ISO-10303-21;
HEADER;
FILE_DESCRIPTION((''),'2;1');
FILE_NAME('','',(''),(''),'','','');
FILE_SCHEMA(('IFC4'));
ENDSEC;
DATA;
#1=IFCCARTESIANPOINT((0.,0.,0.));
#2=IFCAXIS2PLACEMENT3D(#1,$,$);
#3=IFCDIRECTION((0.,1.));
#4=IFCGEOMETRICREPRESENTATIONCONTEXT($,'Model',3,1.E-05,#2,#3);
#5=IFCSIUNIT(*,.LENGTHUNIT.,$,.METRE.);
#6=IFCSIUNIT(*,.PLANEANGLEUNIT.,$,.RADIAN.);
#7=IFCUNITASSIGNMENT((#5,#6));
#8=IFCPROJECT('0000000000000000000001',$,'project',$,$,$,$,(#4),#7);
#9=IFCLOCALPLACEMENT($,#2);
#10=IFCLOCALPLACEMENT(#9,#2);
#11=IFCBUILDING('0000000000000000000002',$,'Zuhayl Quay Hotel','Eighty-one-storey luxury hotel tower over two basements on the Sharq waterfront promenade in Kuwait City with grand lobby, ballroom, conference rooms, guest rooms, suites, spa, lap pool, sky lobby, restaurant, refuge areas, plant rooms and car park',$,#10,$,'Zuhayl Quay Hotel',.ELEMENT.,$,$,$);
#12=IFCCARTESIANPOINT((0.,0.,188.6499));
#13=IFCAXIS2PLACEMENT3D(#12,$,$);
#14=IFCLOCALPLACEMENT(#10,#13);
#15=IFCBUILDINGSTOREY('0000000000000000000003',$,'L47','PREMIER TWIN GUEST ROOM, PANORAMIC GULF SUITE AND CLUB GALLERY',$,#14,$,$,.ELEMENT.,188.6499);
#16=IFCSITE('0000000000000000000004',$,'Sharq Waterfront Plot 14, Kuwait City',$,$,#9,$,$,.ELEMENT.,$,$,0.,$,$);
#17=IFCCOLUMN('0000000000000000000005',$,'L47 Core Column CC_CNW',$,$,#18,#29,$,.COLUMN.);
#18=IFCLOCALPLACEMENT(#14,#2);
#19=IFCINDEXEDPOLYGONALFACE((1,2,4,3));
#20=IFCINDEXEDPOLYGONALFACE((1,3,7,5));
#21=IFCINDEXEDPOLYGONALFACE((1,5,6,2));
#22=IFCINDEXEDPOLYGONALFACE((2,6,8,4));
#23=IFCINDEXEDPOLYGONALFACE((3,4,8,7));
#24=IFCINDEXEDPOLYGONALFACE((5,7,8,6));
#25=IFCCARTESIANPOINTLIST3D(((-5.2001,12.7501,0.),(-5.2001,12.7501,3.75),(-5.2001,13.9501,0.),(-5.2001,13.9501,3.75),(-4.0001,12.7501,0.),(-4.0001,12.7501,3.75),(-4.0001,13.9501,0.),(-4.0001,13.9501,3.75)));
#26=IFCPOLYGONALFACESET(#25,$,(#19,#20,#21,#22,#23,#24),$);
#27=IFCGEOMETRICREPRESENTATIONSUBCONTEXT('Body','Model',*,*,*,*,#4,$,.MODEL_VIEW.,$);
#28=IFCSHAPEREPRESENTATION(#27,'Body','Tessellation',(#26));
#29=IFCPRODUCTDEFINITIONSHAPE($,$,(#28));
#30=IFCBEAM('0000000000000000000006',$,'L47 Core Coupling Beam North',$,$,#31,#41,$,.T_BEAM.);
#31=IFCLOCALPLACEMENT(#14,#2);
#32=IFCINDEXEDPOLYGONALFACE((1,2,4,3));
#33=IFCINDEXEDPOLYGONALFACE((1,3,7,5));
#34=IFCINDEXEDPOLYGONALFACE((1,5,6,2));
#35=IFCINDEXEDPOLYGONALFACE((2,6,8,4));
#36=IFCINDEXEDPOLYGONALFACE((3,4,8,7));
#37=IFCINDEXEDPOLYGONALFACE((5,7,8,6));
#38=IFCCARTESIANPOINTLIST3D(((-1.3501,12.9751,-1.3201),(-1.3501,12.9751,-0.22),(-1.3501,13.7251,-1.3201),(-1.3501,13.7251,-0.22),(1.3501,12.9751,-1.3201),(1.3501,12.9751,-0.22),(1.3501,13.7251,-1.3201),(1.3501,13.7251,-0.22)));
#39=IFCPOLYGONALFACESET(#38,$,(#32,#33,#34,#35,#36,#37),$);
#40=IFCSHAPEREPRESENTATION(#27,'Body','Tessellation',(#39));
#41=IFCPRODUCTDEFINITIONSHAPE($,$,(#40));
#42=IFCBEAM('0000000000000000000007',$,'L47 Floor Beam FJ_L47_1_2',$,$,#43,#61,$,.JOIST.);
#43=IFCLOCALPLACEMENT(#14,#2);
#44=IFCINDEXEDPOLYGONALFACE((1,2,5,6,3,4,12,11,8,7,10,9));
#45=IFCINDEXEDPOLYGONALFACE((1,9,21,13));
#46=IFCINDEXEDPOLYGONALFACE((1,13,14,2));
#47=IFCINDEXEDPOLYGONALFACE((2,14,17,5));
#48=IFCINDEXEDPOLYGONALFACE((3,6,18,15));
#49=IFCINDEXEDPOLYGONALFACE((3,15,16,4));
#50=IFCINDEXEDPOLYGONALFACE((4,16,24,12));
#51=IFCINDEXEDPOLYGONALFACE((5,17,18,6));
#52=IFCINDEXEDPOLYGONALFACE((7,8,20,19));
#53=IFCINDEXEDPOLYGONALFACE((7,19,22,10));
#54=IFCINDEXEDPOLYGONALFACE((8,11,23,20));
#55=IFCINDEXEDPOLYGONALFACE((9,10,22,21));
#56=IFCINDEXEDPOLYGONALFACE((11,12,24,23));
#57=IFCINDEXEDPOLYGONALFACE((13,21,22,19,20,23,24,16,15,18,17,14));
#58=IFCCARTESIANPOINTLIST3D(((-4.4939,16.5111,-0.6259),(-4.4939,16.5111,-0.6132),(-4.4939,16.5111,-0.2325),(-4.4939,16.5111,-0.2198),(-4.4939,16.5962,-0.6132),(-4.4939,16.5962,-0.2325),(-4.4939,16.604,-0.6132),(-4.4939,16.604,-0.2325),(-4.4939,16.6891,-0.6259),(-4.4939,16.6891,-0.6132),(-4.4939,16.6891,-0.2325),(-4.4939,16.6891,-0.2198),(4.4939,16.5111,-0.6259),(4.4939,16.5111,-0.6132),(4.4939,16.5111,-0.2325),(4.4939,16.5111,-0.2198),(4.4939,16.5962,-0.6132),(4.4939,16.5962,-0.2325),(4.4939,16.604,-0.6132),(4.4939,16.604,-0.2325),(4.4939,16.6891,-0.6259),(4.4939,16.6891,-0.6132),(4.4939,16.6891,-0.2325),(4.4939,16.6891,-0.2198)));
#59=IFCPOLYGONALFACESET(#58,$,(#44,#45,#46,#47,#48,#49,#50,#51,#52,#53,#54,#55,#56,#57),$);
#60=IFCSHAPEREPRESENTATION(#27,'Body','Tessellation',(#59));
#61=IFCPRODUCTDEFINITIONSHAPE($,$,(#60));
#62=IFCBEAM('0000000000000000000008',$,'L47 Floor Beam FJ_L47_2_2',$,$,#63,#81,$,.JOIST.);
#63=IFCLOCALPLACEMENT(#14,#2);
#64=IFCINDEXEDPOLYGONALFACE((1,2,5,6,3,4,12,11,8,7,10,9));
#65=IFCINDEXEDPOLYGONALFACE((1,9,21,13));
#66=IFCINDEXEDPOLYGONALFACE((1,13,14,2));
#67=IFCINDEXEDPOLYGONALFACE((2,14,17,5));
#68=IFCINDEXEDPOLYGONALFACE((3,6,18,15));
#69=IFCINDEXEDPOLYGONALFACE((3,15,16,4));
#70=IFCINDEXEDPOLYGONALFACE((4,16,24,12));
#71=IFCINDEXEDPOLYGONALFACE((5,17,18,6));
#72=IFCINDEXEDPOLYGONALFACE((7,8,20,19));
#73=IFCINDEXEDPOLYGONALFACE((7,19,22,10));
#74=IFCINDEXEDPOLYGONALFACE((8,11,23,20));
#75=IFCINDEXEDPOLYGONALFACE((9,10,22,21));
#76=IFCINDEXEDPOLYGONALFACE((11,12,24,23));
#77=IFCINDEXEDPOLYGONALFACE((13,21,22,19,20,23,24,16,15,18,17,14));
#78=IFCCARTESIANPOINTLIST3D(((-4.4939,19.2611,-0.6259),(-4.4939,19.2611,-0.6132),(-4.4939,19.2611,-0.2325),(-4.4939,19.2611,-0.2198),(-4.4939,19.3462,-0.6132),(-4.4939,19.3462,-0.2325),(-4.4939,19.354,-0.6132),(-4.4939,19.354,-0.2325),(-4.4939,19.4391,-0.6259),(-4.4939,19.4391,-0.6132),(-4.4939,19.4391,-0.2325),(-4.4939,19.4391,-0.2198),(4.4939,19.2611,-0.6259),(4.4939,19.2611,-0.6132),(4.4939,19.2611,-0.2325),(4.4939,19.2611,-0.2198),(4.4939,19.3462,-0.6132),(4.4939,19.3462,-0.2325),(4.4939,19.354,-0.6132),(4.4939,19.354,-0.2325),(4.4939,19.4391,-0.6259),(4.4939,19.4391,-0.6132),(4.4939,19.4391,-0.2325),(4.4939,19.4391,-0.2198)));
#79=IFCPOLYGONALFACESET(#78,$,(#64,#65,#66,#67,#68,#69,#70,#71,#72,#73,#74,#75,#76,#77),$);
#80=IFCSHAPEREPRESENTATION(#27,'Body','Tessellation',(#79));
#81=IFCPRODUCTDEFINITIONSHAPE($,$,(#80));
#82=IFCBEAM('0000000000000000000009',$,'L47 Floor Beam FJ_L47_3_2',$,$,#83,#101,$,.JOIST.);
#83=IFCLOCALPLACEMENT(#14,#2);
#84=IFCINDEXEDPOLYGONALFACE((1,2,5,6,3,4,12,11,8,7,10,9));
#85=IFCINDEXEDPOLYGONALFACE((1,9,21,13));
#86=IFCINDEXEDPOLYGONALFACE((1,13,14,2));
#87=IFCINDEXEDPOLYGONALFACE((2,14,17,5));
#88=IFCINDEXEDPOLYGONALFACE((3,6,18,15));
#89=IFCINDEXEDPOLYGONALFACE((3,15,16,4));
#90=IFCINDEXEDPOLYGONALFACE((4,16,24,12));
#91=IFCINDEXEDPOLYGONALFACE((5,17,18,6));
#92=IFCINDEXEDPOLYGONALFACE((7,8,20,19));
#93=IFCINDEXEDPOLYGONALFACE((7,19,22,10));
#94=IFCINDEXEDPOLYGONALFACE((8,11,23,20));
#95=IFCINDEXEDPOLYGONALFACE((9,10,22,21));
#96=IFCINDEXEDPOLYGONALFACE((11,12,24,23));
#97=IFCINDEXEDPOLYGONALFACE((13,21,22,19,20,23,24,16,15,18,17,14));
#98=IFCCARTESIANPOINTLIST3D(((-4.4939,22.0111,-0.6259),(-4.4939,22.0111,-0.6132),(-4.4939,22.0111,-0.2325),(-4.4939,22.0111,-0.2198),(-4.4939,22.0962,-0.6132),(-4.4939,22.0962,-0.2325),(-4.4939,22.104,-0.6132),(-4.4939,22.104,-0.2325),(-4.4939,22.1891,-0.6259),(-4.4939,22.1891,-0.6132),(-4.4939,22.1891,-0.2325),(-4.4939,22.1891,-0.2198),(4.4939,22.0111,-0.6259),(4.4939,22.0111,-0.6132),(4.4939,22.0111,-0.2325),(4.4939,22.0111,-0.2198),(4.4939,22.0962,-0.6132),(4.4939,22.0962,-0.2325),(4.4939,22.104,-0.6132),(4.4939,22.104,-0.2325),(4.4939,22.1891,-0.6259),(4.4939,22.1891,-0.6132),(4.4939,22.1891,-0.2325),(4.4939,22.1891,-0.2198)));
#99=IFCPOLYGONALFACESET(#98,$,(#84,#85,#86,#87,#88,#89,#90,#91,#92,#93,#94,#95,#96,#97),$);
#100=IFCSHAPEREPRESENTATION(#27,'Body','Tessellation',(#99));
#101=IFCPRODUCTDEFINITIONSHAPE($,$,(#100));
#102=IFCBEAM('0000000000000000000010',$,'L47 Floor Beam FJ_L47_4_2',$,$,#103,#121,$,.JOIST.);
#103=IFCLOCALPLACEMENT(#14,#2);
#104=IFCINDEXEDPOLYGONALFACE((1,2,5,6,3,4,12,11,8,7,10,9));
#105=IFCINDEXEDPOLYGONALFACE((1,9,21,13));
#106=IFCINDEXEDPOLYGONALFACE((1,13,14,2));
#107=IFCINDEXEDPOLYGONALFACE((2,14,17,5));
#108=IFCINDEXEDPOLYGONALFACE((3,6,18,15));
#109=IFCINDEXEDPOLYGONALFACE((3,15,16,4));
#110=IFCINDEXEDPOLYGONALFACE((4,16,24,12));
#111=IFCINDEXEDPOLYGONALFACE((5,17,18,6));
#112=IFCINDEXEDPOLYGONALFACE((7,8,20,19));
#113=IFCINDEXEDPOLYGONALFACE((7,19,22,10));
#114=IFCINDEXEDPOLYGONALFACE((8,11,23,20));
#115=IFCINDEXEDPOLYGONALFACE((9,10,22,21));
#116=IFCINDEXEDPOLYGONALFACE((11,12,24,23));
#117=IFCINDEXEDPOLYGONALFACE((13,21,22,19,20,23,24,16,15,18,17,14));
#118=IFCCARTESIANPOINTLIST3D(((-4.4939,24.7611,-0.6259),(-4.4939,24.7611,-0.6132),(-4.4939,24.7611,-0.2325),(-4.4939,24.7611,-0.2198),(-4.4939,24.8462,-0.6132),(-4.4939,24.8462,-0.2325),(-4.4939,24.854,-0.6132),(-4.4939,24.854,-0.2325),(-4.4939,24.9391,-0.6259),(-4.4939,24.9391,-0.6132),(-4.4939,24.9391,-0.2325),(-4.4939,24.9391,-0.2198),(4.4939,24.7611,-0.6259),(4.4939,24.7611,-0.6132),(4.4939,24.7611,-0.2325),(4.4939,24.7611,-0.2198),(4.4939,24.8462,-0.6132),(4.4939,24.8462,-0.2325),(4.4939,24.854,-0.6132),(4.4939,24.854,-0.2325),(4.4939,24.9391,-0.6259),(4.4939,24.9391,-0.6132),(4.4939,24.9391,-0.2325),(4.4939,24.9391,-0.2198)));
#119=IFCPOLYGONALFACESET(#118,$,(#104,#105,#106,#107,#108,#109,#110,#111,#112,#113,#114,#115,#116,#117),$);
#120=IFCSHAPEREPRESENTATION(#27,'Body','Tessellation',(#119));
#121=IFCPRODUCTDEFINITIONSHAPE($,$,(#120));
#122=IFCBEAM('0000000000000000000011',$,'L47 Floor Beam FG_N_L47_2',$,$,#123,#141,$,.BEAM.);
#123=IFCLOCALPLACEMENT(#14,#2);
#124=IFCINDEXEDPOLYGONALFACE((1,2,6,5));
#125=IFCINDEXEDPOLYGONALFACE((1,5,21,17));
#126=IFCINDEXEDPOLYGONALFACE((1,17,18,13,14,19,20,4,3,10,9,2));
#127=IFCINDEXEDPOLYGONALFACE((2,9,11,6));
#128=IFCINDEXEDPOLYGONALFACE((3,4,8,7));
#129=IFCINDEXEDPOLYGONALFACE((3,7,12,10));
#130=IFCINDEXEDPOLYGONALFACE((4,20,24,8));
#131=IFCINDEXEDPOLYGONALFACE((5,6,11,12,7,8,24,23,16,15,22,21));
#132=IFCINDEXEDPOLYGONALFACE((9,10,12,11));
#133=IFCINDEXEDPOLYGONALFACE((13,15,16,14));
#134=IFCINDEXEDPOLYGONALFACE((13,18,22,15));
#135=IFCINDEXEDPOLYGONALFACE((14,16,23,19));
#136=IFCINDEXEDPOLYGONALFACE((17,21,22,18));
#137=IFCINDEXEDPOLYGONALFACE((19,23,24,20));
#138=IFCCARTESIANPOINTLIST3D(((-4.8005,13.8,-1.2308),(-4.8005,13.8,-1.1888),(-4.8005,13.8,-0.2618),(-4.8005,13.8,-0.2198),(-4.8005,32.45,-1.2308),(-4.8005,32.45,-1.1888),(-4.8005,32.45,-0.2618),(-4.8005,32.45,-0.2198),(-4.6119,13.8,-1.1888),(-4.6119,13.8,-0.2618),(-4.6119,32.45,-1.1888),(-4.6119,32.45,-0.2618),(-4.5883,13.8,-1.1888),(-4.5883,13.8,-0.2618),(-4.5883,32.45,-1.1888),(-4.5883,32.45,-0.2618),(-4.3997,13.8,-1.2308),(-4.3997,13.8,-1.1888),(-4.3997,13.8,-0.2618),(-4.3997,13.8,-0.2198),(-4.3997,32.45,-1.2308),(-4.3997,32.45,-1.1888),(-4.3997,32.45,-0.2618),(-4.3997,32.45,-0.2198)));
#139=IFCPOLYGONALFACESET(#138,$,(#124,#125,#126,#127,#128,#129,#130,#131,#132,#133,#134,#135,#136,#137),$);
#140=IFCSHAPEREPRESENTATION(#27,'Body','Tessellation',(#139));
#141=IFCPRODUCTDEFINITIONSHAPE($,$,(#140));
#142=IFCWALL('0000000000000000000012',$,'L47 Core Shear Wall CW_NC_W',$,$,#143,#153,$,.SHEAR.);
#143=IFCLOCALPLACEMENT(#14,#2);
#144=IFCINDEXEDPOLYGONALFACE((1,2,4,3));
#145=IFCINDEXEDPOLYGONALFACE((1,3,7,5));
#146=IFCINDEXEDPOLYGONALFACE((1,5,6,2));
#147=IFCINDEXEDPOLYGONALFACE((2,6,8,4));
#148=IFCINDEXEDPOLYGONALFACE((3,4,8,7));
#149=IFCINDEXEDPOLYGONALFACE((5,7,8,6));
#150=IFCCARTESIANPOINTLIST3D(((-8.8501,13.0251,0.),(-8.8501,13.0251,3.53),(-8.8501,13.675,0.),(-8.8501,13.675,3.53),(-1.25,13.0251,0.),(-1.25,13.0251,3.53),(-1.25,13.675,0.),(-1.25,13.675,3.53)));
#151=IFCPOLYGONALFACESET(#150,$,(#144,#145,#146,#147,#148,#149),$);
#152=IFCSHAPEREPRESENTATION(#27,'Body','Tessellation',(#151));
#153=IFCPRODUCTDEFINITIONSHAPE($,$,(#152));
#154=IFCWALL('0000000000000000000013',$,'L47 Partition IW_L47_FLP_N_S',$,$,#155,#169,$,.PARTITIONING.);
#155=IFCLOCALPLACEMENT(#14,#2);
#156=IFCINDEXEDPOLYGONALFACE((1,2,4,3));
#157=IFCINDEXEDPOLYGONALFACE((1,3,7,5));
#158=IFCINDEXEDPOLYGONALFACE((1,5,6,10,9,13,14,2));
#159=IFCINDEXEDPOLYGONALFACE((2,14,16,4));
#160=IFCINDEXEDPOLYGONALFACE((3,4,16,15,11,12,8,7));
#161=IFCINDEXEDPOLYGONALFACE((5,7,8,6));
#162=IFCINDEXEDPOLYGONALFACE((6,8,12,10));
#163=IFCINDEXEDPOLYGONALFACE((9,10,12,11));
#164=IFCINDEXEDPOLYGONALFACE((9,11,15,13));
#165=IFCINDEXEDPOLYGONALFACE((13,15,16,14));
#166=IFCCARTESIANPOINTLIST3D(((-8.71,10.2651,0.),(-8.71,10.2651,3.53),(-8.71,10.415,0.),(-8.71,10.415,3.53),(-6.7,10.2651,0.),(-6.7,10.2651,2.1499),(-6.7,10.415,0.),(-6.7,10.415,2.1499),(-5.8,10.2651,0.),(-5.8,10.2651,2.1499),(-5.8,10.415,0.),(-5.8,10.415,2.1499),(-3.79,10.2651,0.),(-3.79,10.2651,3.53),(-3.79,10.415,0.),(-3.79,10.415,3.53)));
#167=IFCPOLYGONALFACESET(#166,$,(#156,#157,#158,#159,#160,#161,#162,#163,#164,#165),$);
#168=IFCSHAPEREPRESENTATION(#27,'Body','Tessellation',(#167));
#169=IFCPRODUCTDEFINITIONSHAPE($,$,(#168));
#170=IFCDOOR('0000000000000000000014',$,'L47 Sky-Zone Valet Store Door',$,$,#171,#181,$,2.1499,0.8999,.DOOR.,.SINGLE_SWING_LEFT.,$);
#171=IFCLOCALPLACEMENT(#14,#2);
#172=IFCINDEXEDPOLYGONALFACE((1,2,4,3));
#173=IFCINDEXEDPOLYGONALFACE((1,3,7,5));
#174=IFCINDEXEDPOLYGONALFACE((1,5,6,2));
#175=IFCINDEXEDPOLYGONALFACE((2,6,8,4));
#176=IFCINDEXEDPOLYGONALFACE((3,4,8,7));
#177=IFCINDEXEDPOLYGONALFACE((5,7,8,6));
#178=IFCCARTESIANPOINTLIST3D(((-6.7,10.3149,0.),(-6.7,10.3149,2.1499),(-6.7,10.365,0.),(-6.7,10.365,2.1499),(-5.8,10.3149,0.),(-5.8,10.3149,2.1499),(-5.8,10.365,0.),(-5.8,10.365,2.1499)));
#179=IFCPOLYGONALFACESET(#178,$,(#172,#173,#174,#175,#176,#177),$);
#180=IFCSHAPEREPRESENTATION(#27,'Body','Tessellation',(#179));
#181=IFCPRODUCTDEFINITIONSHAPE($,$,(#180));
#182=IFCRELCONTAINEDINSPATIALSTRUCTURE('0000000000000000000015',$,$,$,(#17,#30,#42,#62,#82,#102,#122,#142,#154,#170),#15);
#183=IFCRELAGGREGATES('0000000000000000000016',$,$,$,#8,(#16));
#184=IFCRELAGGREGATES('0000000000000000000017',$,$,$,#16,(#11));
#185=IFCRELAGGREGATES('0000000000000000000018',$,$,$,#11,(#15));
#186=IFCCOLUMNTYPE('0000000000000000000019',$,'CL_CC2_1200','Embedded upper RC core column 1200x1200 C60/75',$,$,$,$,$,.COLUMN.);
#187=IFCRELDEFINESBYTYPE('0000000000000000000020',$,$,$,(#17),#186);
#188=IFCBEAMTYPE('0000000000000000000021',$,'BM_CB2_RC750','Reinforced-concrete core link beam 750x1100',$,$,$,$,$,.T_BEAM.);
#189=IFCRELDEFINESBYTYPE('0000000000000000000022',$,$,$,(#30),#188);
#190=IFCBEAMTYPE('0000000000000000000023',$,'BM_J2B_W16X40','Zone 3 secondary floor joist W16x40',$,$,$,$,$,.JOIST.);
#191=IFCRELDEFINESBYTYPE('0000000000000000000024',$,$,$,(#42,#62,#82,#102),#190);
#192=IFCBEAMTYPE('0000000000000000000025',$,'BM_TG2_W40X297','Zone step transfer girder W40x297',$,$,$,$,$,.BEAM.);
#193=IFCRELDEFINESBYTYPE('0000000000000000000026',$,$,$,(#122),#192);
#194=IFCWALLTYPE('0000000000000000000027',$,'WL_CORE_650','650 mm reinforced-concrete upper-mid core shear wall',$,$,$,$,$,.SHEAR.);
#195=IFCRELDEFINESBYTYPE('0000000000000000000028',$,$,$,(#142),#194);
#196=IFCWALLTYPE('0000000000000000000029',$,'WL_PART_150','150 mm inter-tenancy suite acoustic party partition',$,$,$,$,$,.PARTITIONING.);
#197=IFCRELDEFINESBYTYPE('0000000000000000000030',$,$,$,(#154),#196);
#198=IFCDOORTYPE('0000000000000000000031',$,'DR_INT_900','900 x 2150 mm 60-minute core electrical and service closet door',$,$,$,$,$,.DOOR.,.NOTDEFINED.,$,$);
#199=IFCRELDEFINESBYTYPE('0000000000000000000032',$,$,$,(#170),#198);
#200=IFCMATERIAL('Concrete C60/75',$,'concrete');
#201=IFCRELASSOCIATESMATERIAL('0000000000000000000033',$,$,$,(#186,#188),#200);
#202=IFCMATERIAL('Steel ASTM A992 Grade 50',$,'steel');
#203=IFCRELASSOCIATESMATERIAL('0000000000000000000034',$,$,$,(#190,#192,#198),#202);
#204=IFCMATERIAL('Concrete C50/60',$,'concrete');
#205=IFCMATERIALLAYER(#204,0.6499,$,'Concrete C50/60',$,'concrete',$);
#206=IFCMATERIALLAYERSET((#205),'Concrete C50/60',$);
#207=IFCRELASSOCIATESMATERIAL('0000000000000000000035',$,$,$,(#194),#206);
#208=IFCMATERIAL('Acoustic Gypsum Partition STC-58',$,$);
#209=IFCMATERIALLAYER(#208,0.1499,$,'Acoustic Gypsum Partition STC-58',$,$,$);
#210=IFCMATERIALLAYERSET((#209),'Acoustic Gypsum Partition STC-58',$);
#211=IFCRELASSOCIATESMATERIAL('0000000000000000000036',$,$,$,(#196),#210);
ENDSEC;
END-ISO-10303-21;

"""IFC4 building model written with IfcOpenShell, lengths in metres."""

from ifc_helpers import new_model, si_unit, direction, frame, frame_2d, origin, origin_2d, place, context, subcontext, project, spatial, rectangle, i_section, extrude, material, layer, layer_set, material_profile, profile_set, type_object, element, fill, save


model = new_model("IFC4")

# Units and contexts
model_context = context("Model", 3, precision=1e-05, world=origin(), true_north=direction((0.0, 1.0)))
body_context = subcontext(model_context, "Body", "Model", "MODEL_VIEW")
ifc_project = project(units=[si_unit("LENGTHUNIT", "METRE"), si_unit("PLANEANGLEUNIT", "RADIAN")], contexts=[model_context])

# Site, building, storey
site_placement = place(None, origin())
site = spatial("IfcSite", under=ifc_project, at=site_placement, Name="Sharq Waterfront Plot 14, Kuwait City", CompositionType="ELEMENT", RefElevation=0.0)
building_placement = place(site_placement, origin())
building = spatial("IfcBuilding", under=site, at=building_placement, Name="Zuhayl Quay Hotel", Description="Eighty-one-storey luxury hotel tower over two basements on the Sharq waterfront promenade in Kuwait City with grand lobby, ballroom, conference rooms, guest rooms, suites, spa, lap pool, sky lobby, restaurant, refuge areas, plant rooms and car park", LongName="Zuhayl Quay Hotel", CompositionType="ELEMENT")
storey_placement = place(building_placement, frame((0.0, 0.0, 188.6499)))
storey = spatial("IfcBuildingStorey", under=building, at=storey_placement, Name="L47", Description="PREMIER TWIN GUEST ROOM, PANORAMIC GULF SUITE AND CLUB GALLERY", CompositionType="ELEMENT", Elevation=188.6499)

# Column
ifc_material_1 = material(Name="Concrete C60/75", Category="concrete")
ifc_material_profile_1 = material_profile(ifc_material_1, rectangle(XDim=1.2, YDim=1.2, at=origin_2d()), Name="RC1200X1200")
ifc_profile_set_1 = profile_set([ifc_material_profile_1], Name="Concrete C60/75")
column_type = type_object("IfcColumnType", Name="CL_CC2_1200", Description="Embedded upper RC core column 1200x1200 C60/75", PredefinedType="COLUMN", material=ifc_profile_set_1)
column_placement = place(storey_placement, frame((-4.6001, 13.3501, 0.0), z_axis=(0.0, 0.0, 1.0), x_axis=(1.0, 0.0, 0.0)))
element("IfcColumn", 1, at=column_placement, inside=storey, type_object=column_type, Name="L47 Core Column CC_CNW", PredefinedType="COLUMN", context=body_context, shape_type="SweptSolid", body=[
    extrude(rectangle(XDim=1.2, YDim=1.2, at=origin_2d()), origin(), (0.0, 0.0, 1.0), 3.75),
])

# Beams
ifc_material_profile_2 = material_profile(ifc_material_1, rectangle(XDim=0.75, YDim=1.1001, at=origin_2d()), Name="RC750X1100")
ifc_profile_set_2 = profile_set([ifc_material_profile_2], Name="Concrete C60/75")
beam_type_1 = type_object("IfcBeamType", Name="BM_CB2_RC750", Description="Reinforced-concrete core link beam 750x1100", PredefinedType="T_BEAM", material=ifc_profile_set_2)
beam_1_placement = place(storey_placement, frame((-1.3501, 13.3501, -0.77), z_axis=(1.0, 0.0, 0.0), x_axis=(0.0, 1.0, 0.0)))
element("IfcBeam", 2, at=beam_1_placement, inside=storey, type_object=beam_type_1, Name="L47 Core Coupling Beam North", PredefinedType="T_BEAM", context=body_context, shape_type="SweptSolid", body=[
    extrude(rectangle(XDim=0.75, YDim=1.1001, at=origin_2d()), origin(), (0.0, 0.0, 1.0), 2.7002),
])
ifc_material_2 = material(Name="Steel ASTM A992 Grade 50", Category="steel")
ifc_material_profile_3 = material_profile(ifc_material_2, i_section(OverallWidth=0.178, OverallDepth=0.406, WebThickness=0.0078, FlangeThickness=0.0127, at=origin_2d()), Name="W16X40")
ifc_profile_set_3 = profile_set([ifc_material_profile_3], Name="Steel ASTM A992 Grade 50")
beam_type_2 = type_object("IfcBeamType", Name="BM_J2B_W16X40", Description="Zone 3 secondary floor joist W16x40", PredefinedType="JOIST", material=ifc_profile_set_3)
for number, where, z_axis, x_axis, name in (
    (3, (-4.4939, 16.6001, -0.4229), (1.0, 0.0, 0.0), (0.0, 1.0, 0.0), "L47 Floor Beam FJ_L47_1_2"),
    (4, (-4.4939, 19.3501, -0.4229), (1.0, 0.0, 0.0), (0.0, 1.0, 0.0), "L47 Floor Beam FJ_L47_2_2"),
    (5, (-4.4939, 22.1001, -0.4229), (1.0, 0.0, 0.0), (0.0, 1.0, 0.0), "L47 Floor Beam FJ_L47_3_2"),
    (6, (-4.4939, 24.8501, -0.4229), (1.0, 0.0, 0.0), (0.0, 1.0, 0.0), "L47 Floor Beam FJ_L47_4_2"),
):
    element("IfcBeam", number, at=place(storey_placement, frame(where, z_axis=z_axis, x_axis=x_axis)), inside=storey, type_object=beam_type_2, Name=name, PredefinedType="JOIST", context=body_context, shape_type="SweptSolid", body=[
        extrude(i_section(OverallWidth=0.178, OverallDepth=0.406, WebThickness=0.0078, FlangeThickness=0.0127, at=origin_2d()), origin(), (0.0, 0.0, 1.0), 8.9878),
    ])
ifc_material_profile_4 = material_profile(ifc_material_2, i_section(OverallWidth=0.4009, OverallDepth=1.011, WebThickness=0.0237, FlangeThickness=0.042, at=origin_2d()), Name="W40X297")
ifc_profile_set_4 = profile_set([ifc_material_profile_4], Name="Steel ASTM A992 Grade 50")
beam_type_3 = type_object("IfcBeamType", Name="BM_TG2_W40X297", Description="Zone step transfer girder W40x297", PredefinedType="BEAM", material=ifc_profile_set_4)
beam_2_placement = place(storey_placement, frame((-4.6001, 13.8, -0.7253), z_axis=(0.0, 1.0, 0.0), x_axis=(-1.0, 0.0, 0.0)))
element("IfcBeam", 7, at=beam_2_placement, inside=storey, type_object=beam_type_3, Name="L47 Floor Beam FG_N_L47_2", PredefinedType="BEAM", context=body_context, shape_type="SweptSolid", body=[
    extrude(i_section(OverallWidth=0.4009, OverallDepth=1.011, WebThickness=0.0237, FlangeThickness=0.042, at=origin_2d()), origin(), (0.0, 0.0, 1.0), 18.6499),
])

# Wall
ifc_material_3 = material(Name="Concrete C50/60", Category="concrete")
ifc_layer_1 = layer(ifc_material_3, 0.6499, Name="Concrete C50/60", Category="concrete")
ifc_layer_set_1 = layer_set([ifc_layer_1], Name="Concrete C50/60")
wall_type_1 = type_object("IfcWallType", Name="WL_CORE_650", Description="650 mm reinforced-concrete upper-mid core shear wall", PredefinedType="SHEAR", material=ifc_layer_set_1)
wall_1_placement = place(storey_placement, frame((-8.8501, 13.3501, 0.0), z_axis=(0.0, 0.0, 1.0), x_axis=(1.0, 0.0, 0.0)))
element("IfcWall", 8, at=wall_1_placement, inside=storey, type_object=wall_type_1, Name="L47 Core Shear Wall CW_NC_W", PredefinedType="SHEAR", context=body_context, shape_type="SweptSolid", body=[
    extrude(rectangle(XDim=7.6001, YDim=0.6499, at=frame_2d((3.8, 0.0))), origin(), (0.0, 0.0, 1.0), 3.53),
])

# Wall, opening, door
ifc_material_4 = material(Name="Acoustic Gypsum Partition STC-58")
ifc_layer_2 = layer(ifc_material_4, 0.1499, Name="Acoustic Gypsum Partition STC-58")
ifc_layer_set_2 = layer_set([ifc_layer_2], Name="Acoustic Gypsum Partition STC-58")
wall_type_2 = type_object("IfcWallType", Name="WL_PART_150", Description="150 mm inter-tenancy suite acoustic party partition", PredefinedType="PARTITIONING", material=ifc_layer_set_2)
wall_2_placement = place(storey_placement, frame((-8.71, 10.3401, 0.0), z_axis=(0.0, 0.0, 1.0), x_axis=(1.0, 0.0, 0.0)))
wall_2 = element("IfcWall", 9, at=wall_2_placement, inside=storey, type_object=wall_type_2, Name="L47 Partition IW_L47_FLP_N_S", PredefinedType="PARTITIONING", context=body_context, shape_type="SweptSolid", body=[
    extrude(rectangle(XDim=4.9199, YDim=0.1499, at=frame_2d((2.46, 0.0))), origin(), (0.0, 0.0, 1.0), 3.53),
])
opening_1_placement = place(wall_2_placement, frame((2.01, 0.0, 0.0)))
opening_1 = element("IfcOpeningElement", 10, at=opening_1_placement, cuts=wall_2, PredefinedType="OPENING", context=body_context, shape_type="SweptSolid", body=[
    extrude(rectangle(XDim=0.8999, YDim=2.1499, at=frame_2d((0.45, 1.075))), frame((0.0, 0.085, 0.0), z_axis=(0.0, -1.0, 0.0), x_axis=(1.0, 0.0, 0.0)), (0.0, 0.0, 1.0), 0.1699),
])
door_type_1 = type_object("IfcDoorType", Name="DR_INT_900", Description="900 x 2150 mm 60-minute core electrical and service closet door", OperationType="NOTDEFINED", PredefinedType="DOOR", material=ifc_material_2)
door_1_placement = place(opening_1_placement, origin())
door_1 = element("IfcDoor", 11, at=door_1_placement, inside=storey, type_object=door_type_1, Name="L47 Sky-Zone Valet Store Door", OperationType="SINGLE_SWING_LEFT", OverallHeight=2.1499, OverallWidth=0.8999, PredefinedType="DOOR", context=body_context, shape_type="SweptSolid", body=[
    extrude(rectangle(XDim=0.8999, YDim=2.1499, at=frame_2d((0.45, 1.075))), frame((0.0, 0.0249, 0.0), z_axis=(0.0, -1.0, 0.0), x_axis=(1.0, 0.0, 0.0)), (0.0, 0.0, 1.0), 0.05),
])
fill(opening_1, door_1)

save(model, "model.ifc")
